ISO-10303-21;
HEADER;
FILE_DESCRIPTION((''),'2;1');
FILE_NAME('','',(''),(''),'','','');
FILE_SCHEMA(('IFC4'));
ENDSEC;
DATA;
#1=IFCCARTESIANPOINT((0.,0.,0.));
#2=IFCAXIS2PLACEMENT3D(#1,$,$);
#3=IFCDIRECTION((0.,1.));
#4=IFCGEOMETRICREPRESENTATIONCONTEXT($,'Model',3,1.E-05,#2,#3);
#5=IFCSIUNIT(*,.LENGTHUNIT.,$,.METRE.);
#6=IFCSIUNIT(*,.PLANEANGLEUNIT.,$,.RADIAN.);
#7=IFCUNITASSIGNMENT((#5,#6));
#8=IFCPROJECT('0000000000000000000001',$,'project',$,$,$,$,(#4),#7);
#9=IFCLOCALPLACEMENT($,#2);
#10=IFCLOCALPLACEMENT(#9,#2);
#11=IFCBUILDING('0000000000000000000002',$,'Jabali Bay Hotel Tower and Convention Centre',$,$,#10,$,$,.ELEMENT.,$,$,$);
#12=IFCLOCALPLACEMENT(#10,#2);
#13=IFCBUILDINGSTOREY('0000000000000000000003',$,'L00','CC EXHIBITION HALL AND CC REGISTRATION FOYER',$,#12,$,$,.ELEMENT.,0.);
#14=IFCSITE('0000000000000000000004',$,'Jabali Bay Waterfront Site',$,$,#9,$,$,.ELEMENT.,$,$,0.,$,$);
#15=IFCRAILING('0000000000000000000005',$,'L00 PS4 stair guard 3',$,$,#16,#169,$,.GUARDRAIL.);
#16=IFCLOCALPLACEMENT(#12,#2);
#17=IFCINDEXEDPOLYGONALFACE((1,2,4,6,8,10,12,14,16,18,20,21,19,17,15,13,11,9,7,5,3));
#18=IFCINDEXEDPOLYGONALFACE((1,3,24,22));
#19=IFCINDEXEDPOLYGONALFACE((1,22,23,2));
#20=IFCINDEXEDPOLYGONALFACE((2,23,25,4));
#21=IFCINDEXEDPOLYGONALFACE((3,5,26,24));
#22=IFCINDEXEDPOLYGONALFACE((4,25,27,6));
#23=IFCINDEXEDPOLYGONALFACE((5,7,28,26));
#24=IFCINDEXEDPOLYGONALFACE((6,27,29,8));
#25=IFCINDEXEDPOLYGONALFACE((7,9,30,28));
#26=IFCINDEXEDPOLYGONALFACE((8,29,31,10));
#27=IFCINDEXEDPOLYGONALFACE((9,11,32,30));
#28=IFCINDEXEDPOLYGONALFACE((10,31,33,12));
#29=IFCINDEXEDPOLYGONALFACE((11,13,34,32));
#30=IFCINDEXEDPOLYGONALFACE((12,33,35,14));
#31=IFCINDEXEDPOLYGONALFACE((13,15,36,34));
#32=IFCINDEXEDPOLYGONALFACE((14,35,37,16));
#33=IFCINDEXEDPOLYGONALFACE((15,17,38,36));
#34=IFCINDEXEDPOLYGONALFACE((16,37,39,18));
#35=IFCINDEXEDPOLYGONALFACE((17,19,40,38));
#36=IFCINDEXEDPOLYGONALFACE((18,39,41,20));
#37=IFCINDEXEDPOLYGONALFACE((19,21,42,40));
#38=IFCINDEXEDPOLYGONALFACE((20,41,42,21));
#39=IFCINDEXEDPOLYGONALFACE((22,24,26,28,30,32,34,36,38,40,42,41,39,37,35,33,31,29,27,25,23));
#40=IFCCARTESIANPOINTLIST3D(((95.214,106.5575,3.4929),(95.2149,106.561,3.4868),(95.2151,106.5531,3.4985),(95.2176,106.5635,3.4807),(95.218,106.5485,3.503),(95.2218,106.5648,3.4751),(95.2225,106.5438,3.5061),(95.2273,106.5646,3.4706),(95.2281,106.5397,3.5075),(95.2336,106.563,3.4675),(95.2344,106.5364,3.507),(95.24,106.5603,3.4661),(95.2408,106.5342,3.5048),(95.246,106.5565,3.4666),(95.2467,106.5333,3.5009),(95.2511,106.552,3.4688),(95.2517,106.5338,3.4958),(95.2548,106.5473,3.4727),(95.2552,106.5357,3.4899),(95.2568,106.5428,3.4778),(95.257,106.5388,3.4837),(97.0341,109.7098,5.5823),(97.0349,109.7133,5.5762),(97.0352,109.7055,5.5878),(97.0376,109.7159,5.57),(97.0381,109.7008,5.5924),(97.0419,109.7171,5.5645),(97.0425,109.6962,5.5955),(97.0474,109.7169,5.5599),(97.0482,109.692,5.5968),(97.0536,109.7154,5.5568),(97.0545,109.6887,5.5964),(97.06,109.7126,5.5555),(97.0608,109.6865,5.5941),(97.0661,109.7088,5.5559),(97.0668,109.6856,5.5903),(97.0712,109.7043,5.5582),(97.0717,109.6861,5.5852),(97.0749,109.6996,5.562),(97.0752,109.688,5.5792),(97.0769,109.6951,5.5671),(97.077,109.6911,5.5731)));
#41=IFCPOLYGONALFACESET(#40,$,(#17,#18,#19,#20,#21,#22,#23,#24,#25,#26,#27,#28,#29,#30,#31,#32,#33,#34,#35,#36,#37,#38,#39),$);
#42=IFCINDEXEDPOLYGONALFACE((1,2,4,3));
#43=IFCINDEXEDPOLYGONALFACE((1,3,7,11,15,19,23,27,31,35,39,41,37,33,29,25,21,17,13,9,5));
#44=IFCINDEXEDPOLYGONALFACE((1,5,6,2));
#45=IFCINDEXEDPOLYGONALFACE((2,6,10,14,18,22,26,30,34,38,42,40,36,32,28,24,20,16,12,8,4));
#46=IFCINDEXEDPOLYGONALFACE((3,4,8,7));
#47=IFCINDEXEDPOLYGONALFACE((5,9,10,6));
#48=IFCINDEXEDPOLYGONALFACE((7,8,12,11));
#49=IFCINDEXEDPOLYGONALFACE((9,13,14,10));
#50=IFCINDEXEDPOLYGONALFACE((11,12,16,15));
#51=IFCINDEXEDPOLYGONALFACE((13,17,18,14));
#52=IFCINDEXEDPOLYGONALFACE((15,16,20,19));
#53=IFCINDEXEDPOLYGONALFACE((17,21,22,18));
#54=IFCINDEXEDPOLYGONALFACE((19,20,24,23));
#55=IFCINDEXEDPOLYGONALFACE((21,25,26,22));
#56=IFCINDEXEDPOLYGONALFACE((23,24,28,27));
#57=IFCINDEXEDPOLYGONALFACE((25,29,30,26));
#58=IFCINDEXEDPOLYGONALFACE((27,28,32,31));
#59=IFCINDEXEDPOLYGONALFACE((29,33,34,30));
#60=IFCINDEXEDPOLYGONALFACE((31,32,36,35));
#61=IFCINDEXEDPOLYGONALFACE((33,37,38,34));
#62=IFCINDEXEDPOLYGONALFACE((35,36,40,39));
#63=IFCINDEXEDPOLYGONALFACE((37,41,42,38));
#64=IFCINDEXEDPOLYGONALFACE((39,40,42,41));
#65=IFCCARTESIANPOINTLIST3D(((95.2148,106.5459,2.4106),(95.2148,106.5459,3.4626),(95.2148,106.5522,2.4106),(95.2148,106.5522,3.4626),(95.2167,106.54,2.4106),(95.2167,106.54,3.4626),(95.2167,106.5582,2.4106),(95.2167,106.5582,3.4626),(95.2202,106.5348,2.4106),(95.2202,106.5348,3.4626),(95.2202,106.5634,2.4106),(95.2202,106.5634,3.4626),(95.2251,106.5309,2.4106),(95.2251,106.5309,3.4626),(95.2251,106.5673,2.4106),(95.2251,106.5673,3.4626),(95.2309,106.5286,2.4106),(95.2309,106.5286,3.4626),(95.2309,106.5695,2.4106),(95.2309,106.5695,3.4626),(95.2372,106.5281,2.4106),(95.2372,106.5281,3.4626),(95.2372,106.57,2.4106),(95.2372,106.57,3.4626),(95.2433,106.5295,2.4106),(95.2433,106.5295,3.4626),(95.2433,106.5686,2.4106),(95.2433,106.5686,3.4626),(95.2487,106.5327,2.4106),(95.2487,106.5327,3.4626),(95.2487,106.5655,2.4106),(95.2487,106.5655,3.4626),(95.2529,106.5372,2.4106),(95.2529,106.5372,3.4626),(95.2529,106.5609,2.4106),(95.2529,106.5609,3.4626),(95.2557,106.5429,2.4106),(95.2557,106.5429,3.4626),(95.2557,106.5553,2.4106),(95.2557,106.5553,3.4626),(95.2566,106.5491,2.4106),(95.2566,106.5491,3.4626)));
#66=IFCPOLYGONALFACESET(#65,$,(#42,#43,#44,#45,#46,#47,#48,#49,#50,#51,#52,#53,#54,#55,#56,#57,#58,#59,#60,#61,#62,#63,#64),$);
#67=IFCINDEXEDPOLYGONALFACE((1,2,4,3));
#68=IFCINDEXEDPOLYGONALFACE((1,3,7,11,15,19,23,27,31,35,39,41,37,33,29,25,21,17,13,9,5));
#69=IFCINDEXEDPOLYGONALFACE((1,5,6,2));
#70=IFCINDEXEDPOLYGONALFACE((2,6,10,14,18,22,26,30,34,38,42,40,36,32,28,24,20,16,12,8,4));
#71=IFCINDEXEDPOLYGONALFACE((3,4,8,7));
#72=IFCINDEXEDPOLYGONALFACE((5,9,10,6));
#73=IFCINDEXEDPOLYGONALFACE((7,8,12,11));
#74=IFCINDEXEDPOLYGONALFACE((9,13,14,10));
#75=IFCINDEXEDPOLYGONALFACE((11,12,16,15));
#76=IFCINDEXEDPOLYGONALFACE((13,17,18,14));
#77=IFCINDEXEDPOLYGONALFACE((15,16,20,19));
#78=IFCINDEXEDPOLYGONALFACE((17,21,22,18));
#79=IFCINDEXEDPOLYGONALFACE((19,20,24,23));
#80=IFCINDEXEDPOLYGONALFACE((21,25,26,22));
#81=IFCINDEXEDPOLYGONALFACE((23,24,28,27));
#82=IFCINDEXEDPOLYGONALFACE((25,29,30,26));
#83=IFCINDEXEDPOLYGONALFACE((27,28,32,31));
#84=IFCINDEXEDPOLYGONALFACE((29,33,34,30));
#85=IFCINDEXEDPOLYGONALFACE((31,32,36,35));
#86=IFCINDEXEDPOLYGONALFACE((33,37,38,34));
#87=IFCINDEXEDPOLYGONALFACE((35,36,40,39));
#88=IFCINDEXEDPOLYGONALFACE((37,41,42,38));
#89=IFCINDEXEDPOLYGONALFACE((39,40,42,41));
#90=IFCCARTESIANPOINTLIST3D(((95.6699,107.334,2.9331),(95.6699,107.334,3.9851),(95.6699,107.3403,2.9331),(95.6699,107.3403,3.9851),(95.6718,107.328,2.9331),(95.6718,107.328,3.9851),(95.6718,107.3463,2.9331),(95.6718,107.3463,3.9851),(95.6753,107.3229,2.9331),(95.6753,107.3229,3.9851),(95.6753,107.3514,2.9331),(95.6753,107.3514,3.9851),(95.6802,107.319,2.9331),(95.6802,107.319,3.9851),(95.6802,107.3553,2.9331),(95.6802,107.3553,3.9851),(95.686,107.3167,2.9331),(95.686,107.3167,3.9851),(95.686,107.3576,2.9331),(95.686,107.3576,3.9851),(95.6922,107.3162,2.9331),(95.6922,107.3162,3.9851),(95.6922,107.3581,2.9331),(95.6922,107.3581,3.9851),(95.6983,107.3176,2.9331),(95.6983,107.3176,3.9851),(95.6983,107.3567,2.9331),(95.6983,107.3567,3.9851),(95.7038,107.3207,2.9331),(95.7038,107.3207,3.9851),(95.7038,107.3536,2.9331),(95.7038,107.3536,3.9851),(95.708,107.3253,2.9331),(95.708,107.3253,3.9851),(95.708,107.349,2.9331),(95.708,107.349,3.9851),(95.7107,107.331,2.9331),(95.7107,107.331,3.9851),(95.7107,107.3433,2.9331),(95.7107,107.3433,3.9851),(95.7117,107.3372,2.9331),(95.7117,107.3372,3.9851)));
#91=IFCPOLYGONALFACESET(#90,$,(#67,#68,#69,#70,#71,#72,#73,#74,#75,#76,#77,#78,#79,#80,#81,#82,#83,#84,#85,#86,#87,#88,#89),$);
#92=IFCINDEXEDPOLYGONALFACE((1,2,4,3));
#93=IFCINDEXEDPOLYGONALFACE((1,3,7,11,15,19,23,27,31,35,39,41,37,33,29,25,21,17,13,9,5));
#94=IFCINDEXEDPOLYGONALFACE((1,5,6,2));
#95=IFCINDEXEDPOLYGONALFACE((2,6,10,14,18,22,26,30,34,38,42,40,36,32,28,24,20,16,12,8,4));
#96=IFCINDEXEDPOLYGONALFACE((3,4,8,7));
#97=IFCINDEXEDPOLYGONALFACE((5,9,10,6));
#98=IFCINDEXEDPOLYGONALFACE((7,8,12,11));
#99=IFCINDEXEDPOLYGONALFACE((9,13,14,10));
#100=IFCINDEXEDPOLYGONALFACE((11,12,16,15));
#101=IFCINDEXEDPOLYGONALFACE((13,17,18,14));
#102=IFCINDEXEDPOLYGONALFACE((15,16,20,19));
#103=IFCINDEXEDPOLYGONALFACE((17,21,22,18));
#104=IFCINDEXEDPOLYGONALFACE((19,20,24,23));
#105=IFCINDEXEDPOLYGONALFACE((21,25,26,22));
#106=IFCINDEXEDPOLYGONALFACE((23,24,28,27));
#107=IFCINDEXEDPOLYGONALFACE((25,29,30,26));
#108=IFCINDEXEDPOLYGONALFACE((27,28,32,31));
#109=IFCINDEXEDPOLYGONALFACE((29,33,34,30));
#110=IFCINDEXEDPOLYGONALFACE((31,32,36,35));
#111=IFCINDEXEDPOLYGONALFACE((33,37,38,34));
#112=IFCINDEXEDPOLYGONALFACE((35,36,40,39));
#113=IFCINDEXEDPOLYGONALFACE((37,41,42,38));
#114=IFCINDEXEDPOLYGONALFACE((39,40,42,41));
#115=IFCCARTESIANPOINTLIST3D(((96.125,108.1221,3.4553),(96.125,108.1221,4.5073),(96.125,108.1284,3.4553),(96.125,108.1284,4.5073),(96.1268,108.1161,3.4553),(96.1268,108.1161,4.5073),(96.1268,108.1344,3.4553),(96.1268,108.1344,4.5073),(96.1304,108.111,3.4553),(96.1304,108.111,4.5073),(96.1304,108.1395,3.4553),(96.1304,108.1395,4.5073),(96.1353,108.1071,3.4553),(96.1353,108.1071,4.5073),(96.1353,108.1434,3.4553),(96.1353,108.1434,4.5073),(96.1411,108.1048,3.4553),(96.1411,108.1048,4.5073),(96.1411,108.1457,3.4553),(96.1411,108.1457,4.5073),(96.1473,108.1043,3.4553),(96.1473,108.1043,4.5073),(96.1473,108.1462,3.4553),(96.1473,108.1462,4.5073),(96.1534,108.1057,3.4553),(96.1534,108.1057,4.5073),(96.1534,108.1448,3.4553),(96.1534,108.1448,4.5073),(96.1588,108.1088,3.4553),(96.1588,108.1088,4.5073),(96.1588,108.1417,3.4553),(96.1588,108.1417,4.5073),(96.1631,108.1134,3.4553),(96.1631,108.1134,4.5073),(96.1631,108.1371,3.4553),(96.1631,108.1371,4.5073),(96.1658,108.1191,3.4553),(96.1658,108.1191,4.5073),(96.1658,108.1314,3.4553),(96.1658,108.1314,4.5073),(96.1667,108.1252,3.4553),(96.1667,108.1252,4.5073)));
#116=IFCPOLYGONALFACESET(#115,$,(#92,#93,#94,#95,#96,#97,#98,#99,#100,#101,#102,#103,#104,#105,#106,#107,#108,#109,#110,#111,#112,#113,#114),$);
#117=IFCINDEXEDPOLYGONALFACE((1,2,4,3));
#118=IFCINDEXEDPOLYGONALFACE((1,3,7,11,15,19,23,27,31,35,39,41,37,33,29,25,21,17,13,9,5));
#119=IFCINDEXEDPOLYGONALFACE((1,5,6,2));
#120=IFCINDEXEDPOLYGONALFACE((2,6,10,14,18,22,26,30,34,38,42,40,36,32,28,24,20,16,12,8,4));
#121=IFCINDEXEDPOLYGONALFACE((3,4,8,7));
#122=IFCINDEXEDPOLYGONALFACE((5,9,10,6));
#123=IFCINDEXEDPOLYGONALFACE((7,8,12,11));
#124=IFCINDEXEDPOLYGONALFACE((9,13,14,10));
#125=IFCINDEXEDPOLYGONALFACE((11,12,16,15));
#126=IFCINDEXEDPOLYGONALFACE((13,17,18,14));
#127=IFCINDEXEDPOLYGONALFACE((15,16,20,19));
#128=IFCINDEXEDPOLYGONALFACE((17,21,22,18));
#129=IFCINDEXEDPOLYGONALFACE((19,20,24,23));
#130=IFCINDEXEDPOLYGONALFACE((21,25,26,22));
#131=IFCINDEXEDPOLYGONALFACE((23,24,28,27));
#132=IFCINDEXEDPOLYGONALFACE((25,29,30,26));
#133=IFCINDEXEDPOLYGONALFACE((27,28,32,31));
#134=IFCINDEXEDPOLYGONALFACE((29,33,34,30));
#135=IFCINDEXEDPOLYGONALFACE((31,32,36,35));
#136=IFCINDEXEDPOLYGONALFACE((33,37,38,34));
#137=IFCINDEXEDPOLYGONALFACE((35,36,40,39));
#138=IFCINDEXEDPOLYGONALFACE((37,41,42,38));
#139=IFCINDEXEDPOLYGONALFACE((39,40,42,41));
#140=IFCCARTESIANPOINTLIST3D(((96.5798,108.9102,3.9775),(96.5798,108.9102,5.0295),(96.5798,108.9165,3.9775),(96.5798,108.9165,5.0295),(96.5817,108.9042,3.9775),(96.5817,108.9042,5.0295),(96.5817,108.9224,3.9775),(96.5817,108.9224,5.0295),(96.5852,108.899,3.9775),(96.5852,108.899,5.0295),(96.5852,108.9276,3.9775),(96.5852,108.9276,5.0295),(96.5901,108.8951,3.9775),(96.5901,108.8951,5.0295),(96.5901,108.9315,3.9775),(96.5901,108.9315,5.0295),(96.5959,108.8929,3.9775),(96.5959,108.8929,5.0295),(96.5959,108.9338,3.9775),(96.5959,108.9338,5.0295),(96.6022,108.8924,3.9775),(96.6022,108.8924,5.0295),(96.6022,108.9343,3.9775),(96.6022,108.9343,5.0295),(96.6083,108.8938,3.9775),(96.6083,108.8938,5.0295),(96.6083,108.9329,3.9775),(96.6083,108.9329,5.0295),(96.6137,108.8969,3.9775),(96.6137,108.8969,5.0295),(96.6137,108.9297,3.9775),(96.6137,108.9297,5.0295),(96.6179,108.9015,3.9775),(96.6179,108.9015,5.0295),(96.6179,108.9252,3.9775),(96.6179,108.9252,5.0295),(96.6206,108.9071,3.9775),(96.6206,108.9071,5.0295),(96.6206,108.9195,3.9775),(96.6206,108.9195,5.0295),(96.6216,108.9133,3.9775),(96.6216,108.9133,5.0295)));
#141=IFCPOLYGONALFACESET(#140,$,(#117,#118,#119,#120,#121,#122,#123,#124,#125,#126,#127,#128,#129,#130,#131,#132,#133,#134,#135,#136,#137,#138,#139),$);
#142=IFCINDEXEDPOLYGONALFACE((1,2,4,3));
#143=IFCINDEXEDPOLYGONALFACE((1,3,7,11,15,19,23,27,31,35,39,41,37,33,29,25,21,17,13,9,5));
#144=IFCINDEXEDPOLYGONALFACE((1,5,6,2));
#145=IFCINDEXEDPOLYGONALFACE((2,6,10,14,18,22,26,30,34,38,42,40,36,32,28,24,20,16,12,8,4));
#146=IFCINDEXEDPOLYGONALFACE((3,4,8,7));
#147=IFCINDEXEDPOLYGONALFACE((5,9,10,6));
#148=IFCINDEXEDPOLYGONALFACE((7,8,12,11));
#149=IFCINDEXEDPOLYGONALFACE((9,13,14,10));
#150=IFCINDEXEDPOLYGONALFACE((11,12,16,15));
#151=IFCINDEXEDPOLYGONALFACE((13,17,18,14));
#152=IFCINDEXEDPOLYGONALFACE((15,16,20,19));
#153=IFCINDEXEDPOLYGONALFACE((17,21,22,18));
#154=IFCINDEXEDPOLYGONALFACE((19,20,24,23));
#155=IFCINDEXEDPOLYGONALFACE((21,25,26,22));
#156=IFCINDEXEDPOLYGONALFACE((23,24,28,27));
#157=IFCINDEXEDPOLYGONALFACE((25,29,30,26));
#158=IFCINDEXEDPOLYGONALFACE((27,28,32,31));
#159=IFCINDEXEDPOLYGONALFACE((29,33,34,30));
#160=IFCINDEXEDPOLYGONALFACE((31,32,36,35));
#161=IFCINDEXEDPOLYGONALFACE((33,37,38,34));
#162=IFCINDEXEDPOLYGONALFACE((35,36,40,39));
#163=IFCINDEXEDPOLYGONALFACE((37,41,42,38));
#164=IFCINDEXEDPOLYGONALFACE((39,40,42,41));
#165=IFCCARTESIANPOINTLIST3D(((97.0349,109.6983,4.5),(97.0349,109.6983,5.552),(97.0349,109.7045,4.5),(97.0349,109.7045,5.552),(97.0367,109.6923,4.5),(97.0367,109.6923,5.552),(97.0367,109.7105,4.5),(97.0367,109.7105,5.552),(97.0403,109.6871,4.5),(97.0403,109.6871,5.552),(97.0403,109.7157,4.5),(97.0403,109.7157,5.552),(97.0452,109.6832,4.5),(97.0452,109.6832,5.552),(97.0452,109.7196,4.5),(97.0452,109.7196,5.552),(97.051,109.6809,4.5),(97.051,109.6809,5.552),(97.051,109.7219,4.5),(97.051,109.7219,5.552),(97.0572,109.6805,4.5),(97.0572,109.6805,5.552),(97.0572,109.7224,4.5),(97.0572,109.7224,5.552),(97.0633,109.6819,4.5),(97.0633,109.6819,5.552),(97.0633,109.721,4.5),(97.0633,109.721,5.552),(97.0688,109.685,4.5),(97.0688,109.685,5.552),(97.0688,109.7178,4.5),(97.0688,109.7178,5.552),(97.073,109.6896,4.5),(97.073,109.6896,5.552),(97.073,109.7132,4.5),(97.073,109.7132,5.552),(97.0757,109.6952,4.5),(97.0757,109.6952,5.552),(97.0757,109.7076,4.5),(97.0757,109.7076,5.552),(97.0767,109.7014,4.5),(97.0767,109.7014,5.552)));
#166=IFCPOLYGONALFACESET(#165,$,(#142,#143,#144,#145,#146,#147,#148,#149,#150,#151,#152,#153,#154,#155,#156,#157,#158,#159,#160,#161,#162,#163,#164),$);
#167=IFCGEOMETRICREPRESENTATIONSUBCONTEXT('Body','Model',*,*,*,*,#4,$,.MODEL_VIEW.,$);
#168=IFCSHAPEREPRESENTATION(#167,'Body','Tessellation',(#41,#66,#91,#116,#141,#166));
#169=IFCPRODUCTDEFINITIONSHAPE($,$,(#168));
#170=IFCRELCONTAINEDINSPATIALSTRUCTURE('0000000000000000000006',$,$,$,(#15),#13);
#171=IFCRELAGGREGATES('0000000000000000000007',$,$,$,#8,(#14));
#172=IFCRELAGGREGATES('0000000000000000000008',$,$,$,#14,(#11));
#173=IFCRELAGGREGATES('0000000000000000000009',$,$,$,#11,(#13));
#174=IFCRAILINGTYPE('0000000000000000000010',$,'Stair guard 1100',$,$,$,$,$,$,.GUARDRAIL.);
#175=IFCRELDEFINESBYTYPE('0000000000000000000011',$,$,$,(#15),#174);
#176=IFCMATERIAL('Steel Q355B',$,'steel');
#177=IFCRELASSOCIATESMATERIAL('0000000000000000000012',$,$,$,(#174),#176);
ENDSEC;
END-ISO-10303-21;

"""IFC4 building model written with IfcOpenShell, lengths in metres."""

from ifc_helpers import new_model, si_unit, direction, frame, origin, origin_2d, place, context, subcontext, project, spatial, circle, extrude, material, type_object, element, save


model = new_model("IFC4")

# Units and contexts
model_context = context("Model", 3, precision=1e-05, world=origin(), true_north=direction((0.0, 1.0)))
body_context = subcontext(model_context, "Body", "Model", "MODEL_VIEW")
ifc_project = project(units=[si_unit("LENGTHUNIT", "METRE"), si_unit("PLANEANGLEUNIT", "RADIAN")], contexts=[model_context])

# Site, building, storey
site_placement = place(None, origin())
site = spatial("IfcSite", under=ifc_project, at=site_placement, Name="Jabali Bay Waterfront Site", CompositionType="ELEMENT", RefElevation=0.0)
building_placement = place(site_placement, origin())
building = spatial("IfcBuilding", under=site, at=building_placement, Name="Jabali Bay Hotel Tower and Convention Centre", CompositionType="ELEMENT")
storey_placement = place(building_placement, origin())
storey = spatial("IfcBuildingStorey", under=building, at=storey_placement, Name="L00", Description="CC EXHIBITION HALL AND CC REGISTRATION FOYER", CompositionType="ELEMENT", Elevation=0.0)

# Railing
ifc_material_1 = material(Name="Steel Q355B", Category="steel")
railing_type_1 = type_object("IfcRailingType", Name="Stair guard 1100", PredefinedType="GUARDRAIL", material=ifc_material_1)
railing_1_placement = place(storey_placement, frame((95.2356, 106.5491, 2.4106)))
element("IfcRailing", 1, at=railing_1_placement, inside=storey, type_object=railing_type_1, Name="L00 PS4 stair guard 3", PredefinedType="GUARDRAIL", context=body_context, shape_type="SweptSolid", body=[
    extrude(circle(Radius=0.0239, at=origin_2d()), frame((0.0, 0.0, 1.0762), z_axis=(0.433653, 0.751084, 0.497814), x_axis=(-0.866018, 0.500013, 0.0)), (0.0, 0.0, 1.0), 4.197),
    extrude(circle(Radius=0.021, at=origin_2d()), origin(), (0.0, 0.0, 1.0), 1.052),
    extrude(circle(Radius=0.021, at=origin_2d()), frame((0.4551, 0.7881, 0.5225)), (0.0, 0.0, 1.0), 1.052),
    extrude(circle(Radius=0.021, at=origin_2d()), frame((0.9102, 1.5762, 1.0447)), (0.0, 0.0, 1.0), 1.052),
    extrude(circle(Radius=0.021, at=origin_2d()), frame((1.365, 2.3643, 1.5669)), (0.0, 0.0, 1.0), 1.052),
    extrude(circle(Radius=0.021, at=origin_2d()), frame((1.8201, 3.1523, 2.0894)), (0.0, 0.0, 1.0), 1.052),
])

save(model, "model.ifc")
